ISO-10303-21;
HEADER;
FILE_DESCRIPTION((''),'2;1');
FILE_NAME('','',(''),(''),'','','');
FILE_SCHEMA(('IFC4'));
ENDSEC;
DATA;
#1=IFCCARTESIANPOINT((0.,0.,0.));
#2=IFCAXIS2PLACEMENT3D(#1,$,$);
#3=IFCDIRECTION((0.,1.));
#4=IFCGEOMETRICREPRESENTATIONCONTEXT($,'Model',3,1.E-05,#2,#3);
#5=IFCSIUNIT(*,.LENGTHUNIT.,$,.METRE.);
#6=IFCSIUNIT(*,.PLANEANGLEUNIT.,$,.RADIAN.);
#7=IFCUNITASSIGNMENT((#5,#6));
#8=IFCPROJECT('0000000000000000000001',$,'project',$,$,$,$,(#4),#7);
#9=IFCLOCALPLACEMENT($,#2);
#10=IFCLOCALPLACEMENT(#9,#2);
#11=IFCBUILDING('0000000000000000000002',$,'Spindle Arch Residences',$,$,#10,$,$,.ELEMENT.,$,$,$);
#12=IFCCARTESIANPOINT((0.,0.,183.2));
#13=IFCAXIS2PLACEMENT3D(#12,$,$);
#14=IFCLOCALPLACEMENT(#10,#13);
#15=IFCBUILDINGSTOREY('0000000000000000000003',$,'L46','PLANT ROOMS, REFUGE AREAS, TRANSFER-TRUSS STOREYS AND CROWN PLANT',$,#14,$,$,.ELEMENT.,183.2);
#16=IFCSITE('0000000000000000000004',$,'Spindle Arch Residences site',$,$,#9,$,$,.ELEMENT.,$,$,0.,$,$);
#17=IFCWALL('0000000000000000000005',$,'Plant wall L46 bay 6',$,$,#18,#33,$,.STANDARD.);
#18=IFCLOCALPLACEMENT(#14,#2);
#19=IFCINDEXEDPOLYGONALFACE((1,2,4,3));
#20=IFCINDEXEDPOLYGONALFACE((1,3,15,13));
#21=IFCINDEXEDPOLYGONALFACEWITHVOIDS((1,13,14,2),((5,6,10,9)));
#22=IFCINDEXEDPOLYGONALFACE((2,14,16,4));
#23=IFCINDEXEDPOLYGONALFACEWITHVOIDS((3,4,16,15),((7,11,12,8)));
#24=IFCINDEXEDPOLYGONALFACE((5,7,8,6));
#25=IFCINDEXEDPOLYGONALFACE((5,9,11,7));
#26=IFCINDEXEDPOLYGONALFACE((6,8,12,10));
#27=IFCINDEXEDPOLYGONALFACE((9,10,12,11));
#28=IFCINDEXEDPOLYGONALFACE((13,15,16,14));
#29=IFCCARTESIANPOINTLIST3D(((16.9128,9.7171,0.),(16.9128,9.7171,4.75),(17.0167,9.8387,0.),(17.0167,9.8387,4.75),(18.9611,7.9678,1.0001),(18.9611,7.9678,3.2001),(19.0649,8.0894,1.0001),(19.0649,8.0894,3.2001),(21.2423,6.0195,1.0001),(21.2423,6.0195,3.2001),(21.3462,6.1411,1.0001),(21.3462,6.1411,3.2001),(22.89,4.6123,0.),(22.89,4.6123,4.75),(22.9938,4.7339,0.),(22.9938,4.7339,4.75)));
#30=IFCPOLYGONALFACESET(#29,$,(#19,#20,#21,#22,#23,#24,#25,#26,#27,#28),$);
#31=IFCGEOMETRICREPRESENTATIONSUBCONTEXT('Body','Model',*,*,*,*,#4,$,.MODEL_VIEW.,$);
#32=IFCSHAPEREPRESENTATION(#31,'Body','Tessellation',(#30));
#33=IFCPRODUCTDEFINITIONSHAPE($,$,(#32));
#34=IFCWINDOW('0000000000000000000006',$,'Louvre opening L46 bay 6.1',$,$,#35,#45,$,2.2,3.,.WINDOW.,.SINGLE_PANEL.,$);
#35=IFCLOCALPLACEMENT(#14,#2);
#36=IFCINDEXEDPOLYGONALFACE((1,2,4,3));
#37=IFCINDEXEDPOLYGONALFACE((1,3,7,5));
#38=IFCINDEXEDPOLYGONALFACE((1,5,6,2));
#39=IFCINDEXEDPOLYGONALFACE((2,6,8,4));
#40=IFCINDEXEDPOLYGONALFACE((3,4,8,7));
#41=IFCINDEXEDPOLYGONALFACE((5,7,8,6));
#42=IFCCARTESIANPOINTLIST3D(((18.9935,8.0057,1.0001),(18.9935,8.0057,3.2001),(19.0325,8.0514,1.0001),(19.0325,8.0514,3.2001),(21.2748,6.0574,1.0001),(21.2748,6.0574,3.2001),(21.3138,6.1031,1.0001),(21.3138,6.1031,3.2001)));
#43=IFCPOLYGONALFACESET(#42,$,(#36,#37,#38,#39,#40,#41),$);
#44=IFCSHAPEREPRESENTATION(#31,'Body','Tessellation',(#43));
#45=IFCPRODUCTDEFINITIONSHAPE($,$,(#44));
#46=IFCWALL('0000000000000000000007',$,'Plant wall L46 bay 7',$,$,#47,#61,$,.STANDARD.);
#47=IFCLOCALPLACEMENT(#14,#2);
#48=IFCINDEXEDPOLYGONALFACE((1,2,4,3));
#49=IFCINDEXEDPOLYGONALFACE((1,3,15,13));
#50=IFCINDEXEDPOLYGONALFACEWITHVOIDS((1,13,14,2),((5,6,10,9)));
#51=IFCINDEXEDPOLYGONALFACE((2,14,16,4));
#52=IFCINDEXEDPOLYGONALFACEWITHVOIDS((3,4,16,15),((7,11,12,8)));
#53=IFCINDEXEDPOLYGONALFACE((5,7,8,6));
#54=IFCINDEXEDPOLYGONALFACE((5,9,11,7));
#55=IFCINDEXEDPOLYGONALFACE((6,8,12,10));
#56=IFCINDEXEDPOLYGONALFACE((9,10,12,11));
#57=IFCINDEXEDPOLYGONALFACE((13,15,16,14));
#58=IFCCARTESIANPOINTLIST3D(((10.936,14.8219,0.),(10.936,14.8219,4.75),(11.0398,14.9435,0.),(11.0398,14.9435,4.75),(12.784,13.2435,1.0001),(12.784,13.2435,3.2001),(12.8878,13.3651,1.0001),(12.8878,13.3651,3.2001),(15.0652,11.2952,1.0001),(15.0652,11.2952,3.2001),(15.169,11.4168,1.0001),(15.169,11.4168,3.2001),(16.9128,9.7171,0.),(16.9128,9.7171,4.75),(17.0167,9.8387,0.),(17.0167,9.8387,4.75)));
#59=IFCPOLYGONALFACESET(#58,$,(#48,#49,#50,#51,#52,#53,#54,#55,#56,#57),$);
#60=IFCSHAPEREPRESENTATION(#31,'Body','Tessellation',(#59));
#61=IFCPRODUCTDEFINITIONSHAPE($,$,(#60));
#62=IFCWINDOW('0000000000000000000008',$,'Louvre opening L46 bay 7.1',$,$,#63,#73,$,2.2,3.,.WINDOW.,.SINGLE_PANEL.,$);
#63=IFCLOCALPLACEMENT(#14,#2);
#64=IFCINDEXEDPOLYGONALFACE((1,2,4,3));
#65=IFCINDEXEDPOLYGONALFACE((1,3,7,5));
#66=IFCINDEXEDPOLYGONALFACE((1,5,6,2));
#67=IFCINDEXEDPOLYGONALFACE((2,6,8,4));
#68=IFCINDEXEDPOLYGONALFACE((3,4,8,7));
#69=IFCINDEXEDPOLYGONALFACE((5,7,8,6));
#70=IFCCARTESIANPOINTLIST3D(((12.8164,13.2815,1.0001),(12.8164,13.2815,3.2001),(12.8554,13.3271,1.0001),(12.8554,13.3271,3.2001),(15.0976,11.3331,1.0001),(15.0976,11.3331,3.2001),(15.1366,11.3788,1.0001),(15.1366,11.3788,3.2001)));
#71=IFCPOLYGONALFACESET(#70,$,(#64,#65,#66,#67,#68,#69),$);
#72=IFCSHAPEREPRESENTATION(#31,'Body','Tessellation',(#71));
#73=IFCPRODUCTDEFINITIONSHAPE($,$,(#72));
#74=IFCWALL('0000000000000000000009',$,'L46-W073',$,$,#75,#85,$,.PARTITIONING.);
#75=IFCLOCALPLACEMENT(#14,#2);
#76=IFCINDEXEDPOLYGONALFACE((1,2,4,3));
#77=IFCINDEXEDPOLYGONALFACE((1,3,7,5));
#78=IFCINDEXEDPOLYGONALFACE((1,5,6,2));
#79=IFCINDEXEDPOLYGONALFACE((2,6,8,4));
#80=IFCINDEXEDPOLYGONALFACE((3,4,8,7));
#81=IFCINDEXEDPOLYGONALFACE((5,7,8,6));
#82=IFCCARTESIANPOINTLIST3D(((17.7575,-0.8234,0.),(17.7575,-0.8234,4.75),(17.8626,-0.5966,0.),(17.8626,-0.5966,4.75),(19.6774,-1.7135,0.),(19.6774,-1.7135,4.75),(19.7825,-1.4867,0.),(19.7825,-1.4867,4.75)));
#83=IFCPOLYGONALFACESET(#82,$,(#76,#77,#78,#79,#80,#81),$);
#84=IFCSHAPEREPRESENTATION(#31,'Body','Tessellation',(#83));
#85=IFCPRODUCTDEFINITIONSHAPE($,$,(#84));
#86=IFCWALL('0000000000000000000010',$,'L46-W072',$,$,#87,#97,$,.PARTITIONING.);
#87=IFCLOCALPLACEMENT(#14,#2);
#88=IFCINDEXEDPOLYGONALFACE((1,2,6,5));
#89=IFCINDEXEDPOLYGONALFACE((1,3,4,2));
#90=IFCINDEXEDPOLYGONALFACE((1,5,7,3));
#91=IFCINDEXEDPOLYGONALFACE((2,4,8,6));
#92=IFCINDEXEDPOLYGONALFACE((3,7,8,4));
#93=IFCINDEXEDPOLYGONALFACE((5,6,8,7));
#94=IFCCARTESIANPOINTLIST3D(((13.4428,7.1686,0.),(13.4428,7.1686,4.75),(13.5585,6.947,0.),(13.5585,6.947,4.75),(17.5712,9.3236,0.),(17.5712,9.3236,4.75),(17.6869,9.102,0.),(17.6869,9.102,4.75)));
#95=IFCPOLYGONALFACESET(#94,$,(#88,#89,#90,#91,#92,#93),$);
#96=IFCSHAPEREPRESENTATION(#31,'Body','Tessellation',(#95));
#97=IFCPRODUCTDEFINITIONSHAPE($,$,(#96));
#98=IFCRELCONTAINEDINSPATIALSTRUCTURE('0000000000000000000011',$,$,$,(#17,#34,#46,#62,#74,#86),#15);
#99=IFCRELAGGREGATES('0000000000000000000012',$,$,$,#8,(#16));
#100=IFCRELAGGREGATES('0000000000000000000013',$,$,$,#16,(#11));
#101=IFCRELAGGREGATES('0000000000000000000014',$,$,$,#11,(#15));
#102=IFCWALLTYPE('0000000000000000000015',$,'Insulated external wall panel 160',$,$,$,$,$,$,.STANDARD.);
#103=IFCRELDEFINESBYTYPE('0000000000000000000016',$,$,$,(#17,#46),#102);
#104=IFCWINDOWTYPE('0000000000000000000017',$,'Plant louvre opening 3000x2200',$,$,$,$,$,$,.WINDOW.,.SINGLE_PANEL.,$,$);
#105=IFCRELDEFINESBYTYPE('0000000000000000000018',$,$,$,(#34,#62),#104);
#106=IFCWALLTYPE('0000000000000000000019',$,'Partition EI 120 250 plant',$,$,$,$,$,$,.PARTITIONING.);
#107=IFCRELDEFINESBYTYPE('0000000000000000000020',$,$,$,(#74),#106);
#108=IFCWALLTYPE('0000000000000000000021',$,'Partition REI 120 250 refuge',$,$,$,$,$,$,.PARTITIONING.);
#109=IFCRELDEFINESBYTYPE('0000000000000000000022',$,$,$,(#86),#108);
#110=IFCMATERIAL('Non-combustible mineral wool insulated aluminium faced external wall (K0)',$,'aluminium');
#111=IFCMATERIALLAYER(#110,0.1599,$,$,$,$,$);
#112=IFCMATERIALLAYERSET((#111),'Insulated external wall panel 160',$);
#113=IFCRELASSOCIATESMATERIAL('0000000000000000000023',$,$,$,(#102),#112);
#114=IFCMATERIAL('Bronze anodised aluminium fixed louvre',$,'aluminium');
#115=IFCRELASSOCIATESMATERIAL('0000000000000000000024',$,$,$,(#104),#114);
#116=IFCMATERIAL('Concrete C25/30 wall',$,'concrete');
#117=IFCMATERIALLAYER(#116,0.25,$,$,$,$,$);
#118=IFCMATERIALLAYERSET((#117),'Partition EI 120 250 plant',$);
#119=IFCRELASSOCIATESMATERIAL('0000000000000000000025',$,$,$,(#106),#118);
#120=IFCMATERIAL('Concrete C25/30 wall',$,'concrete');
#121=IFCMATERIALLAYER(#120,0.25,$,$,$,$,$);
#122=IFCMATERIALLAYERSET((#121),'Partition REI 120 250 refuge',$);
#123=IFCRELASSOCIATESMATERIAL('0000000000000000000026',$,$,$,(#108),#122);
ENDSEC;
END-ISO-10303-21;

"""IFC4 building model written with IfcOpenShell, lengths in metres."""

from ifc_helpers import new_model, si_unit, direction, frame, frame_2d, origin, place, context, subcontext, project, spatial, rectangle, extrude, material, layer, layer_set, type_object, element, fill, save


model = new_model("IFC4")

# Units and contexts
model_context = context("Model", 3, precision=1e-05, world=origin(), true_north=direction((0.0, 1.0)))
body_context = subcontext(model_context, "Body", "Model", "MODEL_VIEW")
ifc_project = project(units=[si_unit("LENGTHUNIT", "METRE"), si_unit("PLANEANGLEUNIT", "RADIAN")], contexts=[model_context])

# Site, building, storey
site_placement = place(None, origin())
site = spatial("IfcSite", under=ifc_project, at=site_placement, Name="Spindle Arch Residences site", CompositionType="ELEMENT", RefElevation=0.0)
building_placement = place(site_placement, origin())
building = spatial("IfcBuilding", under=site, at=building_placement, Name="Spindle Arch Residences", CompositionType="ELEMENT")
storey_placement = place(building_placement, frame((0.0, 0.0, 183.2)))
storey = spatial("IfcBuildingStorey", under=building, at=storey_placement, Name="L46", Description="PLANT ROOMS, REFUGE AREAS, TRANSFER-TRUSS STOREYS AND CROWN PLANT", CompositionType="ELEMENT", Elevation=183.2)

# Shared definitions
ifc_material_1 = material(Name="Non-combustible mineral wool insulated aluminium faced external wall (K0)", Category="aluminium")
ifc_layer_1 = layer(ifc_material_1, 0.1599)
ifc_layer_set_1 = layer_set([ifc_layer_1], Name="Insulated external wall panel 160")
wall_type_1 = type_object("IfcWallType", Name="Insulated external wall panel 160", PredefinedType="STANDARD", material=ifc_layer_set_1)

# Walls, openings, windows
wall_1_placement = place(storey_placement, frame((22.9419, 4.6731, 0.0), z_axis=(0.0, 0.0, 1.0), x_axis=(-0.760415, 0.649437, 0.0)))
wall_1 = element("IfcWall", 1, at=wall_1_placement, inside=storey, type_object=wall_type_1, Name="Plant wall L46 bay 6", PredefinedType="STANDARD", context=body_context, shape_type="SweptSolid", body=[
    extrude(rectangle(XDim=7.8604, YDim=0.1599, at=frame_2d((3.9302, 0.0))), origin(), (0.0, 0.0, 1.0), 4.75),
])
opening_1_placement = place(wall_1_placement, frame((2.1667, 0.0, 1.0)))
opening_1 = element("IfcOpeningElement", 2, at=opening_1_placement, cuts=wall_1, PredefinedType="OPENING", context=body_context, shape_type="SweptSolid", body=[
    extrude(rectangle(XDim=3.0, YDim=2.2, at=frame_2d((1.5, 1.1001))), frame((0.0, 0.0898, 0.0), z_axis=(0.0, -1.0, 0.0), x_axis=(1.0, 0.0, 0.0)), (0.0, 0.0, 1.0), 0.1799),
])
ifc_material_2 = material(Name="Bronze anodised aluminium fixed louvre", Category="aluminium")
window_type = type_object("IfcWindowType", Name="Plant louvre opening 3000x2200", PartitioningType="SINGLE_PANEL", PredefinedType="WINDOW", material=ifc_material_2)
window_1_placement = place(opening_1_placement, origin())
window_1 = element("IfcWindow", 3, at=window_1_placement, inside=storey, type_object=window_type, Name="Louvre opening L46 bay 6.1", OverallHeight=2.2, OverallWidth=3.0, PartitioningType="SINGLE_PANEL", PredefinedType="WINDOW", context=body_context, shape_type="SweptSolid", body=[
    extrude(rectangle(XDim=3.0, YDim=2.2, at=frame_2d((1.5, 1.1001))), frame((0.0, 0.03, 0.0), z_axis=(0.0, -1.0, 0.0), x_axis=(1.0, 0.0, 0.0)), (0.0, 0.0, 1.0), 0.0601),
])
fill(opening_1, window_1)
wall_2_placement = place(storey_placement, frame((16.9648, 9.7778, 0.0), z_axis=(0.0, 0.0, 1.0), x_axis=(-0.760402, 0.649453, 0.0)))
wall_2 = element("IfcWall", 4, at=wall_2_placement, inside=storey, type_object=wall_type_1, Name="Plant wall L46 bay 7", PredefinedType="STANDARD", context=body_context, shape_type="SweptSolid", body=[
    extrude(rectangle(XDim=7.8601, YDim=0.1599, at=frame_2d((3.9302, 0.0))), origin(), (0.0, 0.0, 1.0), 4.75),
])
opening_2_placement = place(wall_2_placement, frame((2.4299, 0.0, 1.0)))
opening_2 = element("IfcOpeningElement", 5, at=opening_2_placement, cuts=wall_2, PredefinedType="OPENING", context=body_context, shape_type="SweptSolid", body=[
    extrude(rectangle(XDim=3.0, YDim=2.2, at=frame_2d((1.5, 1.1001))), frame((0.0, 0.0898, 0.0), z_axis=(0.0, -1.0, 0.0), x_axis=(1.0, 0.0, 0.0)), (0.0, 0.0, 1.0), 0.1799),
])
window_2_placement = place(opening_2_placement, origin())
window_2 = element("IfcWindow", 6, at=window_2_placement, inside=storey, type_object=window_type, Name="Louvre opening L46 bay 7.1", OverallHeight=2.2, OverallWidth=3.0, PartitioningType="SINGLE_PANEL", PredefinedType="WINDOW", context=body_context, shape_type="SweptSolid", body=[
    extrude(rectangle(XDim=3.0, YDim=2.2, at=frame_2d((1.5, 1.1001))), frame((0.0, 0.03, 0.0), z_axis=(0.0, -1.0, 0.0), x_axis=(1.0, 0.0, 0.0)), (0.0, 0.0, 1.0), 0.0601),
])
fill(opening_2, window_2)

# Walls
ifc_material_3 = material(Name="Concrete C25/30 wall", Category="concrete")
ifc_layer_2 = layer(ifc_material_3, 0.25)
ifc_layer_set_2 = layer_set([ifc_layer_2], Name="Partition EI 120 250 plant")
wall_type_2 = type_object("IfcWallType", Name="Partition EI 120 250 plant", PredefinedType="PARTITIONING", material=ifc_layer_set_2)
wall_3_placement = place(storey_placement, frame((17.8101, -0.71, 0.0), z_axis=(0.0, 0.0, 1.0), x_axis=(0.907235, -0.420623, 0.0)))
element("IfcWall", 7, at=wall_3_placement, inside=storey, type_object=wall_type_2, Name="L46-W073", PredefinedType="PARTITIONING", context=body_context, shape_type="SweptSolid", body=[
    extrude(rectangle(XDim=2.1162, YDim=0.25, at=frame_2d((1.0581, 0.0))), origin(), (0.0, 0.0, 1.0), 4.75),
])
ifc_material_4 = material(Name="Concrete C25/30 wall", Category="concrete")
ifc_layer_3 = layer(ifc_material_4, 0.25)
ifc_layer_set_3 = layer_set([ifc_layer_3], Name="Partition REI 120 250 refuge")
wall_type_3 = type_object("IfcWallType", Name="Partition REI 120 250 refuge", PredefinedType="PARTITIONING", material=ifc_layer_set_3)
wall_4_placement = place(storey_placement, frame((17.6292, 9.2129, 0.0), z_axis=(0.0, 0.0, 1.0), x_axis=(-0.88649, -0.462747, 0.0)))
element("IfcWall", 8, at=wall_4_placement, inside=storey, type_object=wall_type_3, Name="L46-W072", PredefinedType="PARTITIONING", context=body_context, shape_type="SweptSolid", body=[
    extrude(rectangle(XDim=4.657, YDim=0.25, at=frame_2d((2.3286, 0.0))), origin(), (0.0, 0.0, 1.0), 4.75),
])

save(model, "model.ifc")
